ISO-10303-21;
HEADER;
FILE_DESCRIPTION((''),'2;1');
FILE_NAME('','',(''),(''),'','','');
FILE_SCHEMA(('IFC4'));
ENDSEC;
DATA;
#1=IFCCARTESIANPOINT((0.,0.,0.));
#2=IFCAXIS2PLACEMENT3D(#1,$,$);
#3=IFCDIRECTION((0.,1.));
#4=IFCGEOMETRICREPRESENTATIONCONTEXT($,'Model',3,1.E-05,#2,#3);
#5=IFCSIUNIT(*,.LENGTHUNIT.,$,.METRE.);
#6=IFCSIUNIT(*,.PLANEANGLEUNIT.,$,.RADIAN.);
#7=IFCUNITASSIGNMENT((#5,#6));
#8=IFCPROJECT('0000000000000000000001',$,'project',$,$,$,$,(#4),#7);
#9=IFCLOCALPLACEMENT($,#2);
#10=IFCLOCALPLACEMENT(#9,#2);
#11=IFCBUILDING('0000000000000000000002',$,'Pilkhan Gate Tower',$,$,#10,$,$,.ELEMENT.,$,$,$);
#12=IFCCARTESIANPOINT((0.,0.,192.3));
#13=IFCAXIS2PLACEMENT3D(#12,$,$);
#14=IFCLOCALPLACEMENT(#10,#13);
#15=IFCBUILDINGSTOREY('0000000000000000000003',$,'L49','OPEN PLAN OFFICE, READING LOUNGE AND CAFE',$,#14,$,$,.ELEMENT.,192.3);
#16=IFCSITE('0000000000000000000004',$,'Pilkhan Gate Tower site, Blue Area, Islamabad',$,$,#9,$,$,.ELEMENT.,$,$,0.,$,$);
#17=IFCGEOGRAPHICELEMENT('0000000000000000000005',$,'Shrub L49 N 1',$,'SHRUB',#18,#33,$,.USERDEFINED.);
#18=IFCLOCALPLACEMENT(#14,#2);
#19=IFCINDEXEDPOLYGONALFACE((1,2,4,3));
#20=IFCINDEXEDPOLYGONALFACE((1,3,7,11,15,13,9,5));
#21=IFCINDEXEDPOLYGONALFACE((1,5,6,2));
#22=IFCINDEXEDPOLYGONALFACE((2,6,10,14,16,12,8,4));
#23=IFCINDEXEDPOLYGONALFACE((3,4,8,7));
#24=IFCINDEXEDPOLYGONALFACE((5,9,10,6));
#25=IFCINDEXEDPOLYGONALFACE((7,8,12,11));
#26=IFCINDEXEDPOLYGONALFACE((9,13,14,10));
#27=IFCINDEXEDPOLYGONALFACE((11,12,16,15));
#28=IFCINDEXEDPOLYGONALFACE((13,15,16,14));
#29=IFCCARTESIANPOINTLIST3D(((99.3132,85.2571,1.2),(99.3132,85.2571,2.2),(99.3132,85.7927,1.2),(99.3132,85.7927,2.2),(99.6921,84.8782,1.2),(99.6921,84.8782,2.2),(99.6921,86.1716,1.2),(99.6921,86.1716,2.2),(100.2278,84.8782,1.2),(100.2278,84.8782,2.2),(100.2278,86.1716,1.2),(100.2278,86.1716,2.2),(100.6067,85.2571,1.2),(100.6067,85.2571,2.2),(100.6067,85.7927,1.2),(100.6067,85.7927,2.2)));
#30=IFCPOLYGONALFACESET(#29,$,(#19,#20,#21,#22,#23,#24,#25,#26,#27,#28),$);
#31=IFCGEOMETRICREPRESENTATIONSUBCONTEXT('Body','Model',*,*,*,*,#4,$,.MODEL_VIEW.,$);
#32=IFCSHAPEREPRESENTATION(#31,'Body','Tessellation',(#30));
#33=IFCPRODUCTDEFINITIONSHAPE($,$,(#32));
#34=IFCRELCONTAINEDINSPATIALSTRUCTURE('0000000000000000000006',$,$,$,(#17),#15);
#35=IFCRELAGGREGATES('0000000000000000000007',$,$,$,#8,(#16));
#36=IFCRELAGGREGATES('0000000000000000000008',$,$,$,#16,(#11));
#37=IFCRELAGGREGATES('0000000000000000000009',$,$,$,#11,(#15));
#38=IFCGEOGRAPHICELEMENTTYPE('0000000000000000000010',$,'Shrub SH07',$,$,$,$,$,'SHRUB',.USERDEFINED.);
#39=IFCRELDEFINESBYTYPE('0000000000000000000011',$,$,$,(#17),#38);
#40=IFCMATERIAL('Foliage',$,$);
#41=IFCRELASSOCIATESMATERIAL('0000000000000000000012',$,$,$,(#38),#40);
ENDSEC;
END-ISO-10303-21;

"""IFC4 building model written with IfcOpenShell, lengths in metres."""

from ifc_helpers import new_model, si_unit, direction, frame, origin, place, context, subcontext, project, spatial, polyline, outline, extrude, material, material_profile, profile_set, type_object, element, save


model = new_model("IFC4")

# Units and contexts
model_context = context("Model", 3, precision=1e-05, world=origin(), true_north=direction((0.0, 1.0)))
body_context = subcontext(model_context, "Body", "Model", "MODEL_VIEW")
ifc_project = project(units=[si_unit("LENGTHUNIT", "METRE"), si_unit("PLANEANGLEUNIT", "RADIAN")], contexts=[model_context])

# Site, building, storey
site_placement = place(None, origin())
site = spatial("IfcSite", under=ifc_project, at=site_placement, Name="Pilkhan Gate Tower site, Blue Area, Islamabad", CompositionType="ELEMENT", RefElevation=0.0)
building_placement = place(site_placement, origin())
building = spatial("IfcBuilding", under=site, at=building_placement, Name="Pilkhan Gate Tower", CompositionType="ELEMENT")
storey_placement = place(building_placement, frame((0.0, 0.0, 192.3)))
storey = spatial("IfcBuildingStorey", under=building, at=storey_placement, Name="L49", Description="OPEN PLAN OFFICE, READING LOUNGE AND CAFE", CompositionType="ELEMENT", Elevation=192.3)

# Geographic element
ifc_material_1 = material(Name="Foliage")
ifc_material_profile_1 = material_profile(ifc_material_1, outline(polyline([(0.6467, 0.2678), (0.2678, 0.6467), (-0.2678, 0.6467), (-0.6467, 0.2678), (-0.6467, -0.2678), (-0.2678, -0.6467), (0.2678, -0.6467), (0.6467, -0.2678), (0.6467, 0.2678)])), Name="Shrub D1.4")
ifc_profile_set_1 = profile_set([ifc_material_profile_1], Name="Foliage")
geographic_element_type_1 = type_object("IfcGeographicElementType", Name="Shrub SH07", ElementType="SHRUB", PredefinedType="USERDEFINED", material=ifc_profile_set_1)
geographic_element_1_placement = place(storey_placement, frame((99.96, 85.5249, 1.2), z_axis=(0.0, 0.0, 1.0), x_axis=(1.0, 0.0, 0.0)))
element("IfcGeographicElement", 1, at=geographic_element_1_placement, inside=storey, type_object=geographic_element_type_1, Name="Shrub L49 N 1", ObjectType="SHRUB", PredefinedType="USERDEFINED", context=body_context, shape_type="SweptSolid", body=[
    extrude(outline(polyline([(0.6467, 0.2678), (0.2678, 0.6467), (-0.2678, 0.6467), (-0.6467, 0.2678), (-0.6467, -0.2678), (-0.2678, -0.6467), (0.2678, -0.6467), (0.6467, -0.2678), (0.6467, 0.2678)])), origin(), (0.0, 0.0, 1.0), 1.0),
])

save(model, "model.ifc")
